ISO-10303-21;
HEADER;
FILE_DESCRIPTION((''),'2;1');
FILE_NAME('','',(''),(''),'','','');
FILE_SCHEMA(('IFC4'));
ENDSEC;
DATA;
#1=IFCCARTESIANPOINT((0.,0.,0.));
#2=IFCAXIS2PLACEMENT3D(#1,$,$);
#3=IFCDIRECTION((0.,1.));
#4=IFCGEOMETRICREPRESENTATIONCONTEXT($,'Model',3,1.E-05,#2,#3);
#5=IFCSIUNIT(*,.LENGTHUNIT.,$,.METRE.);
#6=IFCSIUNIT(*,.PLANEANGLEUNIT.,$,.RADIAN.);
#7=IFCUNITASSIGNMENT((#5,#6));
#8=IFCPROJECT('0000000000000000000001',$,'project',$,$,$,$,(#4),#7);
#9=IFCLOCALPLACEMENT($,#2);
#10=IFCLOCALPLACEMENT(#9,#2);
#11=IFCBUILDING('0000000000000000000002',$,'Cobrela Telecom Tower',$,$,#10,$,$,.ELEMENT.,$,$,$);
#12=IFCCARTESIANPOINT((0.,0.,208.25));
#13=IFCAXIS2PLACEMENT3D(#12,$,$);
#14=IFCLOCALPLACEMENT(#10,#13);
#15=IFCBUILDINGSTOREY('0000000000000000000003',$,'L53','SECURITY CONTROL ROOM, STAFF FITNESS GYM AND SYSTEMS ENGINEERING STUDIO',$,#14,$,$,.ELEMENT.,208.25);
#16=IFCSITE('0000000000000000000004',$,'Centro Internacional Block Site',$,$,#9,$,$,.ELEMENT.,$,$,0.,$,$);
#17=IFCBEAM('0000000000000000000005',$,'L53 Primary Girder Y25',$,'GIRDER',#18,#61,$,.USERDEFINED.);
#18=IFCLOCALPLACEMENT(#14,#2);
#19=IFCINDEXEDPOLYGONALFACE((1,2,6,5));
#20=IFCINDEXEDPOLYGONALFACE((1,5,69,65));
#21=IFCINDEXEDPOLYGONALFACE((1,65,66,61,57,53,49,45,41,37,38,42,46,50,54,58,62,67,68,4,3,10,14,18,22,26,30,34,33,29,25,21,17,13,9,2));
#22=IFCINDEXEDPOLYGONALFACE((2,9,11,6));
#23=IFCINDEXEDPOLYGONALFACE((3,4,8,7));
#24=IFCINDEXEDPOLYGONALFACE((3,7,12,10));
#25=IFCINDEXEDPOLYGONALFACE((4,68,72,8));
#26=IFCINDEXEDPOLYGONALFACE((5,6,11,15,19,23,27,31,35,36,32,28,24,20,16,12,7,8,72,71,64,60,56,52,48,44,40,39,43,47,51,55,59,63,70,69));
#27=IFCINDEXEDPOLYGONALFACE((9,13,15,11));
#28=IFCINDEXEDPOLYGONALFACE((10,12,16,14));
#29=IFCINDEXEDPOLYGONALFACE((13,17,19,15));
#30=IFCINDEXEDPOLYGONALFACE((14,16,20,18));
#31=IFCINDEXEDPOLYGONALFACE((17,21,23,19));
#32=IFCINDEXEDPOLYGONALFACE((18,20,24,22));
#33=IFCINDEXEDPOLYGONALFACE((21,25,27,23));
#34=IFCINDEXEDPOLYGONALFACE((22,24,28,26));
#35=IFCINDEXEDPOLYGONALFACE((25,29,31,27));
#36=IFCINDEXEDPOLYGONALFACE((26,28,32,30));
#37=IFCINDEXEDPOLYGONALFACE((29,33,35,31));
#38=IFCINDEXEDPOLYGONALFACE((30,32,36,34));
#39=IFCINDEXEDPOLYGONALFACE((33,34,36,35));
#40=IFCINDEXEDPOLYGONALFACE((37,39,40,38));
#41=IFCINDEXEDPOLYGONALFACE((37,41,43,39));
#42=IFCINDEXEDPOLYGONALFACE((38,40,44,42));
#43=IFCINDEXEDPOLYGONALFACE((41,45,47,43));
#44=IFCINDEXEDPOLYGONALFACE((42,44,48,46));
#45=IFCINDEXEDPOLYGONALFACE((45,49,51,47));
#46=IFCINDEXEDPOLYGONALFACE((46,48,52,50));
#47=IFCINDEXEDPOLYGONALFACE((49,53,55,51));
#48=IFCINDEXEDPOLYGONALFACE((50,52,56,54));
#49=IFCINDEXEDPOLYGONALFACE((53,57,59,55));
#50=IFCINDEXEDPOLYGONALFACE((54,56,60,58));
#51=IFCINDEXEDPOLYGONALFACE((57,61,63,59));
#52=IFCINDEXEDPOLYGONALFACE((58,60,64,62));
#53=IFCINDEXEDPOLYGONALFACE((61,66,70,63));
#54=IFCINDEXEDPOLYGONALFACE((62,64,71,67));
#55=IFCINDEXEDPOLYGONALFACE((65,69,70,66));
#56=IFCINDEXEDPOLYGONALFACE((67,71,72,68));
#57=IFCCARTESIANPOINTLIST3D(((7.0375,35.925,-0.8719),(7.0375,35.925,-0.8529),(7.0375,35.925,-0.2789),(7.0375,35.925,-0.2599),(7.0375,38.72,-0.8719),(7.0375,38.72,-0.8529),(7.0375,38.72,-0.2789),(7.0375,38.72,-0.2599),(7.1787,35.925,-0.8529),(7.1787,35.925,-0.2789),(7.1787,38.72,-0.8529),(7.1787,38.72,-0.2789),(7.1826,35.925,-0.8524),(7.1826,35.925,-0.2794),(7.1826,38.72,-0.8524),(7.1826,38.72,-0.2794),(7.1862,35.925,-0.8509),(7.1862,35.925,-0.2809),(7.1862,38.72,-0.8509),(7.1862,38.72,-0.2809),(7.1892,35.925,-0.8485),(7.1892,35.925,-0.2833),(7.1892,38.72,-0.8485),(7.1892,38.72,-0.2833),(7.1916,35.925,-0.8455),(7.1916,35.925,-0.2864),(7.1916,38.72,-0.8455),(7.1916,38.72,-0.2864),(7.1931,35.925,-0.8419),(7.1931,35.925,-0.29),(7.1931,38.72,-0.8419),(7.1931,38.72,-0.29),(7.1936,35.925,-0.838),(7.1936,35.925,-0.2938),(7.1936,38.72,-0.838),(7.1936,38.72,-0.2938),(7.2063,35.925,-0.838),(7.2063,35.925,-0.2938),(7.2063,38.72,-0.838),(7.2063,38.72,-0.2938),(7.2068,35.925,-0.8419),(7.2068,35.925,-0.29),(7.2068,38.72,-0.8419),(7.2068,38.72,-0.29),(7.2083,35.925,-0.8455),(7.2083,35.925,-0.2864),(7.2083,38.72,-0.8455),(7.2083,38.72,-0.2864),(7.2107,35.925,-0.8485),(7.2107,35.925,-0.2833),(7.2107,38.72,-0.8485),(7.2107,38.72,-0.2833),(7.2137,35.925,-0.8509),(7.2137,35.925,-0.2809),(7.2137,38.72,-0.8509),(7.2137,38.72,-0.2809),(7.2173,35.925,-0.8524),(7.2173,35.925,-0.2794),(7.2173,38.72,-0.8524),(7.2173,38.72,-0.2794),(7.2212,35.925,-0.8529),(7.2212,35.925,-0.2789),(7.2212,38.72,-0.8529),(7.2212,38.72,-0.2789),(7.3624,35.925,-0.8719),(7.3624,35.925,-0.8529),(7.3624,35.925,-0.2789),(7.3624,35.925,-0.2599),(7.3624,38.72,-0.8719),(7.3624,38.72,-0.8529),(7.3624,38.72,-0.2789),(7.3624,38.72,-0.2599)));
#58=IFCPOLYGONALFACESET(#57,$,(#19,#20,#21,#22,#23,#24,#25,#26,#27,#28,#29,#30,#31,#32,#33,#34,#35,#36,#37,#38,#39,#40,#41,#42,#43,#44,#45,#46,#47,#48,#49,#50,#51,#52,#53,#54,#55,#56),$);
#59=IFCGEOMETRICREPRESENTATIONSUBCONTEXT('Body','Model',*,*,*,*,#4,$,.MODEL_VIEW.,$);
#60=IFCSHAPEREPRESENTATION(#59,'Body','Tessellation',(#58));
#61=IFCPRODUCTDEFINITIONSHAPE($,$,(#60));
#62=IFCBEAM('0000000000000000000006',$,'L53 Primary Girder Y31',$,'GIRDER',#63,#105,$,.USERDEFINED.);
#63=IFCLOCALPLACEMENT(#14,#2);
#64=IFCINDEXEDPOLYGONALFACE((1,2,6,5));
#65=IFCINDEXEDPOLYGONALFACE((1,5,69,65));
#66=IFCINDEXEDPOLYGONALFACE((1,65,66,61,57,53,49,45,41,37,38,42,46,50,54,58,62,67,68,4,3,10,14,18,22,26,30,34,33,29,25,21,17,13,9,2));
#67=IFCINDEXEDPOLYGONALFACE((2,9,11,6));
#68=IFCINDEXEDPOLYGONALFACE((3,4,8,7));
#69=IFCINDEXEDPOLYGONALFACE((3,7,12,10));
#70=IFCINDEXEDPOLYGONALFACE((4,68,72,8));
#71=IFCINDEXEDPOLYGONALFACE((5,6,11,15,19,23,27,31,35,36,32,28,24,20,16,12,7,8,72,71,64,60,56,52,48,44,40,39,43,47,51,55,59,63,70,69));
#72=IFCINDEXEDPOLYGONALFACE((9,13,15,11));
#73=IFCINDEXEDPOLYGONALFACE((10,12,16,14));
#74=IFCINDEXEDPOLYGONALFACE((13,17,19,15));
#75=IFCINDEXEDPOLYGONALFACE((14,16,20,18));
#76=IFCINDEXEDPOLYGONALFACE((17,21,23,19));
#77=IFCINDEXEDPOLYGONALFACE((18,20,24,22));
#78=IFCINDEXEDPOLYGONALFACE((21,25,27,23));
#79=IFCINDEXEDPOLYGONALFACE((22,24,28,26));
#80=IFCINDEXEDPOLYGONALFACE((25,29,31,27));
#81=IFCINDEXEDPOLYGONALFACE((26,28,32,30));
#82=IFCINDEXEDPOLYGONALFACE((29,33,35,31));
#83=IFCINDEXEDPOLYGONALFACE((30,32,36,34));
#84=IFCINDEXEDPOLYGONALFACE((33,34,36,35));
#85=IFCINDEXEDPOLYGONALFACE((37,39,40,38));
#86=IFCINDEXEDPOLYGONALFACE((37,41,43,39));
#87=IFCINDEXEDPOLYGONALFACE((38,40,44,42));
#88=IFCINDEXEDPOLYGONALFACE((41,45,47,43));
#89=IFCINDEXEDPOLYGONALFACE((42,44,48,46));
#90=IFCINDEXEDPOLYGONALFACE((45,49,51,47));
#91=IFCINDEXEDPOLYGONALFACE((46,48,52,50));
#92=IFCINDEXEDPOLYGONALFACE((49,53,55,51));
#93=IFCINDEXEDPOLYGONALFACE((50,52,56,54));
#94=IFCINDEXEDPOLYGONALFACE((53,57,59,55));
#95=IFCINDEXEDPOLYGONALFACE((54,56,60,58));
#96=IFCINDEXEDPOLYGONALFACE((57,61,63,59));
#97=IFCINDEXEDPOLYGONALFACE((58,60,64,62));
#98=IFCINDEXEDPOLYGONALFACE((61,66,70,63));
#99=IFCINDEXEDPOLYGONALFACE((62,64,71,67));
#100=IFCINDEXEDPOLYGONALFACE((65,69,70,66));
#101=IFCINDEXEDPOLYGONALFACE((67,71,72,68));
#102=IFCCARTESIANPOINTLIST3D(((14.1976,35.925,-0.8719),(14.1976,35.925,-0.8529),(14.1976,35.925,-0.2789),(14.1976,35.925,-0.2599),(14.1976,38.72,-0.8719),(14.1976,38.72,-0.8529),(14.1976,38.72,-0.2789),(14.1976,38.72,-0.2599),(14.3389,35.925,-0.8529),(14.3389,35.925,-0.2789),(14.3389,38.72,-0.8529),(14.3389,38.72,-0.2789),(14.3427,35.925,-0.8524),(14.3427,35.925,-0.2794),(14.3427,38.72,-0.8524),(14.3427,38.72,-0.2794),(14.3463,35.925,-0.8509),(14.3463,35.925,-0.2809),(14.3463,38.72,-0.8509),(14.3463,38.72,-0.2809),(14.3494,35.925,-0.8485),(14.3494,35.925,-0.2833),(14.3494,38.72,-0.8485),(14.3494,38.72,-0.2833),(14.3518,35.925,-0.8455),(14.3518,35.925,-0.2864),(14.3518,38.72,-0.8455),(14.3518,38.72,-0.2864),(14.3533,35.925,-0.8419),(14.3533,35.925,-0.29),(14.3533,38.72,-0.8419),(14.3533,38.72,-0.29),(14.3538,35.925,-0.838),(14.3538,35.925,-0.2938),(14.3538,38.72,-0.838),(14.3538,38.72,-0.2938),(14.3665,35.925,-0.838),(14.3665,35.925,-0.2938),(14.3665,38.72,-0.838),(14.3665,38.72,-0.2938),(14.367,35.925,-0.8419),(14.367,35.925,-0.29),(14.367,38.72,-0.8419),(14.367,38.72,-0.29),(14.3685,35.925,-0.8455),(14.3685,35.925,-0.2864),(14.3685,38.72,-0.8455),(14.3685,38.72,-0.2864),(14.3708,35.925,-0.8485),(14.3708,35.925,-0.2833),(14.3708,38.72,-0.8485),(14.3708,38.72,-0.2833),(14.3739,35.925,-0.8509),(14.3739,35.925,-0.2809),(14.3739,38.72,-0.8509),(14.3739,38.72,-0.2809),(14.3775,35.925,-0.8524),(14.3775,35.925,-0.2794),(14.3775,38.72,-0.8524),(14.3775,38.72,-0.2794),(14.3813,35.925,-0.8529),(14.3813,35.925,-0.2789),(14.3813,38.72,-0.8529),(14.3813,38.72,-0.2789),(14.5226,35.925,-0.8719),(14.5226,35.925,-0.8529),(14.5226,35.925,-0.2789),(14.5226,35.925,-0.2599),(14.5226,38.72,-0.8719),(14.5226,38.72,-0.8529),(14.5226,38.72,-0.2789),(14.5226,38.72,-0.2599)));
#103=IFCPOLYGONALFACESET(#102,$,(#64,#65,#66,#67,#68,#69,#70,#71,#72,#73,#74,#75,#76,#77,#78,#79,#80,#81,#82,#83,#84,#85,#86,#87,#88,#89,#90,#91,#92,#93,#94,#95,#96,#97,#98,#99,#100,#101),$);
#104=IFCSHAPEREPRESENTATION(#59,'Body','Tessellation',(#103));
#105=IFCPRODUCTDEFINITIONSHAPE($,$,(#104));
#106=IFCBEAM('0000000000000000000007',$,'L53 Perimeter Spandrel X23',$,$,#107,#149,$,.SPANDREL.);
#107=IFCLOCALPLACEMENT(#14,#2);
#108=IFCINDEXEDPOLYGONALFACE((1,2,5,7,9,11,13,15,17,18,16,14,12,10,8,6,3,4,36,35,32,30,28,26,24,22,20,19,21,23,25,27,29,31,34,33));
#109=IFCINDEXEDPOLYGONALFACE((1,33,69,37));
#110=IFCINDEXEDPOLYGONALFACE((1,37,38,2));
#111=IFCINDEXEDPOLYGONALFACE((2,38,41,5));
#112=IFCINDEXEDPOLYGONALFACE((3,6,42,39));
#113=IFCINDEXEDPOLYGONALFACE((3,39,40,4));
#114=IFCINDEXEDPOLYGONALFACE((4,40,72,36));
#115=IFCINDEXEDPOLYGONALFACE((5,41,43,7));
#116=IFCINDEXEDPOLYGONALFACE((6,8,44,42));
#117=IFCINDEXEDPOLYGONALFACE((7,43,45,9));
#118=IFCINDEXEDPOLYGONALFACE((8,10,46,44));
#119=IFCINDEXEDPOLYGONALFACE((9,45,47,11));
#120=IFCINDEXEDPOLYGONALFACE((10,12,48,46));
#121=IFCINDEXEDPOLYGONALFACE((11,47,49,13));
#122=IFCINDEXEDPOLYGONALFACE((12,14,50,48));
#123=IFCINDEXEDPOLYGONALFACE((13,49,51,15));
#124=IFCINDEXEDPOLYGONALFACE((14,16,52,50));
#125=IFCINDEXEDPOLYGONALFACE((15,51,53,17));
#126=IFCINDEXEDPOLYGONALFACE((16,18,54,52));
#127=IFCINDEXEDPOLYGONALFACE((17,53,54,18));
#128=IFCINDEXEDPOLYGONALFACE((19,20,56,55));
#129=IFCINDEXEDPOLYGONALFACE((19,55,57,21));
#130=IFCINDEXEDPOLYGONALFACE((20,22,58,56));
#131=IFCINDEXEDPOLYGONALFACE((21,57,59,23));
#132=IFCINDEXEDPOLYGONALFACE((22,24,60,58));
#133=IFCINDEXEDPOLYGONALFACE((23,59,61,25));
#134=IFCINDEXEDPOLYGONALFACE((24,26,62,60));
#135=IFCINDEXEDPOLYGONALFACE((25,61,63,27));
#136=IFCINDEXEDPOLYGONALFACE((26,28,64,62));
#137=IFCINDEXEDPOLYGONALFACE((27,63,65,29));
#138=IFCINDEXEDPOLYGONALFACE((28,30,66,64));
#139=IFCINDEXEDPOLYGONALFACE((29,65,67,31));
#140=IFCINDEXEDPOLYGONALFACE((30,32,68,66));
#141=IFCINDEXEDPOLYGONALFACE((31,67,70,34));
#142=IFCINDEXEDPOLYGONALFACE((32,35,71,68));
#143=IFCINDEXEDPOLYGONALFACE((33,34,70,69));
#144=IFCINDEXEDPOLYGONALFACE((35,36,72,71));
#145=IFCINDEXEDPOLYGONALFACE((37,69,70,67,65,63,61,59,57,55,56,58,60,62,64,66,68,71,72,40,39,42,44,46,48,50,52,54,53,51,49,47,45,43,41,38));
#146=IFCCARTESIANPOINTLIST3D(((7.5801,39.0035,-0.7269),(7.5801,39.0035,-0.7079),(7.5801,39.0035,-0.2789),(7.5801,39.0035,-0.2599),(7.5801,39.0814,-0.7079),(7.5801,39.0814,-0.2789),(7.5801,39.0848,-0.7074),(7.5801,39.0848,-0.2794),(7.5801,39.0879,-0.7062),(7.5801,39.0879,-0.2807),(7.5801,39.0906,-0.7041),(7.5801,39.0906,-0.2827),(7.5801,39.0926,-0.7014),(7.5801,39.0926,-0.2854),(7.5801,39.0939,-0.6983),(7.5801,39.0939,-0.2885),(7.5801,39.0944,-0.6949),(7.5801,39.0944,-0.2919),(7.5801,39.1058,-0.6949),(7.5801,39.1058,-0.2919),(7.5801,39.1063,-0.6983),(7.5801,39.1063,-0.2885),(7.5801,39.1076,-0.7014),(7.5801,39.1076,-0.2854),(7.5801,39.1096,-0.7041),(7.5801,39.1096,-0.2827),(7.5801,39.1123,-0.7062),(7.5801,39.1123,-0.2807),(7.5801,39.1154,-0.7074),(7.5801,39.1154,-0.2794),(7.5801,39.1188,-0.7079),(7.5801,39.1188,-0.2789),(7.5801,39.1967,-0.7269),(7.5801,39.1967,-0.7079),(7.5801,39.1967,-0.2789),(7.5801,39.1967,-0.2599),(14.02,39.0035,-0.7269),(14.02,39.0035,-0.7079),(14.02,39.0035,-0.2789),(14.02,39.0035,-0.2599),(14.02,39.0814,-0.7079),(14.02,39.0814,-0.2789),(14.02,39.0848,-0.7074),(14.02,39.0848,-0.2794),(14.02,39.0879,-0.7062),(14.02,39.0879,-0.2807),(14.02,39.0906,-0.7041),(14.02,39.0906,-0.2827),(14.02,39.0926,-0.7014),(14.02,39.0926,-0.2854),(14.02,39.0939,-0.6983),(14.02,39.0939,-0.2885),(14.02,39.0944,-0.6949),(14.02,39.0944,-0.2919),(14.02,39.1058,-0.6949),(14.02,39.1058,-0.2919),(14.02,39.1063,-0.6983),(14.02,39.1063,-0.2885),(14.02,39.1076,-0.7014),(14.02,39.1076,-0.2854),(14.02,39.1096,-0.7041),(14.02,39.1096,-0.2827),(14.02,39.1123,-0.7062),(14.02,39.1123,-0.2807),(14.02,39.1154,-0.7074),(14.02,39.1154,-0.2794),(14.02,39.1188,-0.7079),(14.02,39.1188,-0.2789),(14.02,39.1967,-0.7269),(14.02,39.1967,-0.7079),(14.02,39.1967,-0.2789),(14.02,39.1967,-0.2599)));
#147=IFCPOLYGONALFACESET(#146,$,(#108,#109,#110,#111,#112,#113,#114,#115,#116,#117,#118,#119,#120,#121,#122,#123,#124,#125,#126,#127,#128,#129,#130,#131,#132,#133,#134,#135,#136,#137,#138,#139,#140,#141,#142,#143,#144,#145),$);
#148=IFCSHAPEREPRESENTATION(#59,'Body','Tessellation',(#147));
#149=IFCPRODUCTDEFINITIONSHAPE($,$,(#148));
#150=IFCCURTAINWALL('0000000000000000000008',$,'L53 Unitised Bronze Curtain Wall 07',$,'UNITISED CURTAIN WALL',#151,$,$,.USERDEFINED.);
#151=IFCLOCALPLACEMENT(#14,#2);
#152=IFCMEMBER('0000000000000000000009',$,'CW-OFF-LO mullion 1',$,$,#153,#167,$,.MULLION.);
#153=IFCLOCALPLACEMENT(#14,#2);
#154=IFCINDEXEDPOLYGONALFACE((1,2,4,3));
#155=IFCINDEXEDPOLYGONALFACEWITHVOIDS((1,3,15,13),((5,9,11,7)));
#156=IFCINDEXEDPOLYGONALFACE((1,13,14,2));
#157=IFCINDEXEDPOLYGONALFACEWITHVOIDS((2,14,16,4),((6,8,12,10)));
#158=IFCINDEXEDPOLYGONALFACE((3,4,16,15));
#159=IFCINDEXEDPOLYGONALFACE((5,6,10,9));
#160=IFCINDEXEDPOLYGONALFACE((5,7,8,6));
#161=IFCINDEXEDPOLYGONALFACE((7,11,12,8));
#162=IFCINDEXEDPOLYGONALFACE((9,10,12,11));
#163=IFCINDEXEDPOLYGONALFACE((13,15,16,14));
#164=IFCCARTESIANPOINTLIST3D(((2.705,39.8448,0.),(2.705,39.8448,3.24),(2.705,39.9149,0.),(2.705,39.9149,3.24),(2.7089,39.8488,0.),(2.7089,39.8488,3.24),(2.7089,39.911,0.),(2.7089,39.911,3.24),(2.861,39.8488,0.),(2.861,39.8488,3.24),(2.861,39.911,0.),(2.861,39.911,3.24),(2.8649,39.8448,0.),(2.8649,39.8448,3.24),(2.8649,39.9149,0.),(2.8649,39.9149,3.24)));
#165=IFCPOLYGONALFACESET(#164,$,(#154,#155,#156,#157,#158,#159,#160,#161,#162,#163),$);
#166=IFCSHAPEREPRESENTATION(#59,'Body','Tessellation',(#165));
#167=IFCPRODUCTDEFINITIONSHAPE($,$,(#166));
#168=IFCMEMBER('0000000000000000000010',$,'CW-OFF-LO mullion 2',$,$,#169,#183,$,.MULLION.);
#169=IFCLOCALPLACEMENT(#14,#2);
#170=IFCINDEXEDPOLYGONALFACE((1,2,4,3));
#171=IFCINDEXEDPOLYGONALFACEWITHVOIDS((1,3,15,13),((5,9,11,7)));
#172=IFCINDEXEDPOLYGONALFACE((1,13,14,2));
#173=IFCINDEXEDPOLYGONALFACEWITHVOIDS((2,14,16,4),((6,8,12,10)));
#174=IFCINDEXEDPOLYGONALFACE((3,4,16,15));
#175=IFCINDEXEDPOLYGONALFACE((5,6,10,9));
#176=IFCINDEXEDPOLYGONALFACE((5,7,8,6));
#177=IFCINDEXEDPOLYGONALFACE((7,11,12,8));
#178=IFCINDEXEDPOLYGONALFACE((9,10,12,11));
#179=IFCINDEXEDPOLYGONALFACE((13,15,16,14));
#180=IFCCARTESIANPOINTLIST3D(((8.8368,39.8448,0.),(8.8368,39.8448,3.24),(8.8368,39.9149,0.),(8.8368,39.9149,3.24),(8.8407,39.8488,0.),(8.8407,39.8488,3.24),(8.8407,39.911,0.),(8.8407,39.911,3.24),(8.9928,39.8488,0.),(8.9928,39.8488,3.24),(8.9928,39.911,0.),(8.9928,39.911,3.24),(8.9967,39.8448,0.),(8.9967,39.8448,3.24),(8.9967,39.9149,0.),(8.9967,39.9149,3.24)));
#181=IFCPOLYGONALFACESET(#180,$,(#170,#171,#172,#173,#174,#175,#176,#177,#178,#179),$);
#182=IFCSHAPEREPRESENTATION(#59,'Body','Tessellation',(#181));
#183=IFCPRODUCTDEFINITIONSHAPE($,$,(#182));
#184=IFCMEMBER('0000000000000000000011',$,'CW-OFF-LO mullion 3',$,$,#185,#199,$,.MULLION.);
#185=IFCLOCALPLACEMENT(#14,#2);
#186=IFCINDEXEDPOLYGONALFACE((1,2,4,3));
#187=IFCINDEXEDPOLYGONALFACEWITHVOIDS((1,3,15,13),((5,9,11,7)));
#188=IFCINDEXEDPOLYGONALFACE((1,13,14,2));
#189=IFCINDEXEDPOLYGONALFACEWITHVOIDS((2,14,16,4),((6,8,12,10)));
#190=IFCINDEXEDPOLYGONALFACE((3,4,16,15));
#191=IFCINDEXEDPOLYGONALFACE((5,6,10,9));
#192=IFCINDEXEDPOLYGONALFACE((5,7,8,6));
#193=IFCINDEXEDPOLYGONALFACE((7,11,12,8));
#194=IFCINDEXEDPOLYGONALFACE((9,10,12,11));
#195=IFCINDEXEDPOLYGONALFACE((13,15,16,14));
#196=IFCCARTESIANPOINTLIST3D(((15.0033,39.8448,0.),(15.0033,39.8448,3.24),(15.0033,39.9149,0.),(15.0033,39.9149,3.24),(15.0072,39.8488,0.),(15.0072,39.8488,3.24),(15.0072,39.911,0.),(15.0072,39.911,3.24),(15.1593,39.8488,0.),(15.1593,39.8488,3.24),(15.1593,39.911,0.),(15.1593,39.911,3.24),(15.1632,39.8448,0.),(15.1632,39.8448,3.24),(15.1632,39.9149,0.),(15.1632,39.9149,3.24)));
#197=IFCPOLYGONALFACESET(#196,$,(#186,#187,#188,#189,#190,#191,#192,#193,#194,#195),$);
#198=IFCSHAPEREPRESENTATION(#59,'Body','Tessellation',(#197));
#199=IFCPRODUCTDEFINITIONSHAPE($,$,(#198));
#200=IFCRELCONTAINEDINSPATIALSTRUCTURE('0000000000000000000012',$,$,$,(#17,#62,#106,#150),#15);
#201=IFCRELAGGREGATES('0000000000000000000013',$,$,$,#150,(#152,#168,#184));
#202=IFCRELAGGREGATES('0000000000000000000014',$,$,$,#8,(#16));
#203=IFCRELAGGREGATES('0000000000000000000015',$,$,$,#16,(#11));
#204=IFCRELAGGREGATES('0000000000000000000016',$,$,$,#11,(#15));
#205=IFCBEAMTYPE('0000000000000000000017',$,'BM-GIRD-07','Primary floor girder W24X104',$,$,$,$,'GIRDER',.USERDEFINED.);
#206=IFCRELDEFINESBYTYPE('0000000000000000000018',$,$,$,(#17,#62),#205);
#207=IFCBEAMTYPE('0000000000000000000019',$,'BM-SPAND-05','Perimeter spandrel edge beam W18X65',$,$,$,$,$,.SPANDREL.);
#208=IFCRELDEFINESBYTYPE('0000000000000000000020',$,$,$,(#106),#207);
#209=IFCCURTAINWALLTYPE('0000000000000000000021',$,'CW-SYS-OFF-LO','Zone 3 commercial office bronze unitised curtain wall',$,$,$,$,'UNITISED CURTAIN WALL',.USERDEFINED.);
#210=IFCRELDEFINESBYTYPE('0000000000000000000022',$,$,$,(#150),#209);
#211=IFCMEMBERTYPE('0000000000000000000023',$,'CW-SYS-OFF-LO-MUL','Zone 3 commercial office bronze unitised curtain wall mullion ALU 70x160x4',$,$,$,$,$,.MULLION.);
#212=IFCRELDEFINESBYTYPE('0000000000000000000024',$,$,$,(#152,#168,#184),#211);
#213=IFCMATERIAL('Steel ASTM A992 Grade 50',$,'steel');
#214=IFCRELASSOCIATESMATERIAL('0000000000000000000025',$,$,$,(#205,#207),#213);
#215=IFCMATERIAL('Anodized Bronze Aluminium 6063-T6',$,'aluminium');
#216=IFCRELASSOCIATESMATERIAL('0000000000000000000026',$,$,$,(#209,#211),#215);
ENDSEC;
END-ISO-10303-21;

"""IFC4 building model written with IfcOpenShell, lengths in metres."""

from ifc_helpers import new_model, si_unit, direction, frame, origin, origin_2d, place, context, subcontext, project, spatial, hollow_rectangle, i_section, extrude, material, material_profile, profile_set, type_object, element, aggregate, save


model = new_model("IFC4")

# Units and contexts
model_context = context("Model", 3, precision=1e-05, world=origin(), true_north=direction((0.0, 1.0)))
body_context = subcontext(model_context, "Body", "Model", "MODEL_VIEW")
ifc_project = project(units=[si_unit("LENGTHUNIT", "METRE"), si_unit("PLANEANGLEUNIT", "RADIAN")], contexts=[model_context])

# Site, building, storey
site_placement = place(None, origin())
site = spatial("IfcSite", under=ifc_project, at=site_placement, Name="Centro Internacional Block Site", CompositionType="ELEMENT", RefElevation=0.0)
building_placement = place(site_placement, origin())
building = spatial("IfcBuilding", under=site, at=building_placement, Name="Cobrela Telecom Tower", CompositionType="ELEMENT")
storey_placement = place(building_placement, frame((0.0, 0.0, 208.25)))
storey = spatial("IfcBuildingStorey", under=building, at=storey_placement, Name="L53", Description="SECURITY CONTROL ROOM, STAFF FITNESS GYM AND SYSTEMS ENGINEERING STUDIO", CompositionType="ELEMENT", Elevation=208.25)

# Beams
ifc_material_1 = material(Name="Steel ASTM A992 Grade 50", Category="steel")
ifc_material_profile_1 = material_profile(ifc_material_1, i_section(OverallWidth=0.325, OverallDepth=0.6121, WebThickness=0.0127, FlangeThickness=0.019, FilletRadius=0.0149, at=origin_2d()), Name="W24X104")
ifc_profile_set_1 = profile_set([ifc_material_profile_1], Name="Steel ASTM A992 Grade 50")
beam_type_1 = type_object("IfcBeamType", Name="BM-GIRD-07", Description="Primary floor girder W24X104", ElementType="GIRDER", PredefinedType="USERDEFINED", material=ifc_profile_set_1)
for number, where, z_axis, x_axis, name in (
    (1, (7.2, 35.925, -0.5659), (0.0, 1.0, 0.0), (-1.0, 0.0, 0.0), "L53 Primary Girder Y25"),
    (2, (14.3601, 35.925, -0.5659), (0.0, 1.0, 0.0), (-1.0, 0.0, 0.0), "L53 Primary Girder Y31"),
):
    element("IfcBeam", number, at=place(storey_placement, frame(where, z_axis=z_axis, x_axis=x_axis)), inside=storey, type_object=beam_type_1, Name=name, ObjectType="GIRDER", PredefinedType="USERDEFINED", context=body_context, shape_type="SweptSolid", body=[
        extrude(i_section(OverallWidth=0.325, OverallDepth=0.6121, WebThickness=0.0127, FlangeThickness=0.019, FilletRadius=0.0149, at=origin_2d()), origin(), (0.0, 0.0, 1.0), 2.7949),
    ])
ifc_material_profile_2 = material_profile(ifc_material_1, i_section(OverallWidth=0.1931, OverallDepth=0.467, WebThickness=0.0115, FlangeThickness=0.019, FilletRadius=0.0129, at=origin_2d()), Name="W18X65")
ifc_profile_set_2 = profile_set([ifc_material_profile_2], Name="Steel ASTM A992 Grade 50")
beam_type_2 = type_object("IfcBeamType", Name="BM-SPAND-05", Description="Perimeter spandrel edge beam W18X65", PredefinedType="SPANDREL", material=ifc_profile_set_2)
beam_1_placement = place(storey_placement, frame((7.5801, 39.1001, -0.4934), z_axis=(1.0, 0.0, 0.0), x_axis=(0.0, 1.0, 0.0)))
element("IfcBeam", 3, at=beam_1_placement, inside=storey, type_object=beam_type_2, Name="L53 Perimeter Spandrel X23", PredefinedType="SPANDREL", context=body_context, shape_type="SweptSolid", body=[
    extrude(i_section(OverallWidth=0.1931, OverallDepth=0.467, WebThickness=0.0115, FlangeThickness=0.019, FilletRadius=0.0129, at=origin_2d()), origin(), (0.0, 0.0, 1.0), 6.4399),
])

# Curtain wall, members
ifc_material_2 = material(Name="Anodized Bronze Aluminium 6063-T6", Category="aluminium")
curtain_wall_type = type_object("IfcCurtainWallType", Name="CW-SYS-OFF-LO", Description="Zone 3 commercial office bronze unitised curtain wall", ElementType="UNITISED CURTAIN WALL", PredefinedType="USERDEFINED", material=ifc_material_2)
curtain_wall_placement = place(storey_placement, origin())
curtain_wall = element("IfcCurtainWall", 4, at=curtain_wall_placement, inside=storey, type_object=curtain_wall_type, Name="L53 Unitised Bronze Curtain Wall 07", ObjectType="UNITISED CURTAIN WALL", PredefinedType="USERDEFINED")
ifc_material_profile_3 = material_profile(ifc_material_2, hollow_rectangle(XDim=0.0701, YDim=0.1599, WallThickness=0.0039, at=origin_2d()), Name="ALU 70x160x4")
ifc_profile_set_3 = profile_set([ifc_material_profile_3], Name="Anodized Bronze Aluminium 6063-T6")
member_type_1 = type_object("IfcMemberType", Name="CW-SYS-OFF-LO-MUL", Description="Zone 3 commercial office bronze unitised curtain wall mullion ALU 70x160x4", PredefinedType="MULLION", material=ifc_profile_set_3)
member_1_placement = place(storey_placement, frame((2.7849, 39.8799, 0.0), z_axis=(0.0, 0.0, 1.0), x_axis=(0.0, 1.0, 0.0)))
member_1 = element("IfcMember", 5, at=member_1_placement, type_object=member_type_1, Name="CW-OFF-LO mullion 1", PredefinedType="MULLION", context=body_context, shape_type="SweptSolid", body=[
    extrude(hollow_rectangle(XDim=0.0701, YDim=0.1599, WallThickness=0.0039, at=origin_2d()), origin(), (0.0, 0.0, 1.0), 3.24),
])
member_2_placement = place(storey_placement, frame((8.9167, 39.8799, 0.0), z_axis=(0.0, 0.0, 1.0), x_axis=(0.0, 1.0, 0.0)))
member_2 = element("IfcMember", 6, at=member_2_placement, type_object=member_type_1, Name="CW-OFF-LO mullion 2", PredefinedType="MULLION", context=body_context, shape_type="SweptSolid", body=[
    extrude(hollow_rectangle(XDim=0.0701, YDim=0.1599, WallThickness=0.0039, at=origin_2d()), origin(), (0.0, 0.0, 1.0), 3.24),
])
member_3_placement = place(storey_placement, frame((15.0833, 39.8799, 0.0), z_axis=(0.0, 0.0, 1.0), x_axis=(0.0, 1.0, 0.0)))
member_3 = element("IfcMember", 7, at=member_3_placement, type_object=member_type_1, Name="CW-OFF-LO mullion 3", PredefinedType="MULLION", context=body_context, shape_type="SweptSolid", body=[
    extrude(hollow_rectangle(XDim=0.0701, YDim=0.1599, WallThickness=0.0039, at=origin_2d()), origin(), (0.0, 0.0, 1.0), 3.24),
])

aggregate(curtain_wall, [member_1, member_2, member_3])

save(model, "model.ifc")
